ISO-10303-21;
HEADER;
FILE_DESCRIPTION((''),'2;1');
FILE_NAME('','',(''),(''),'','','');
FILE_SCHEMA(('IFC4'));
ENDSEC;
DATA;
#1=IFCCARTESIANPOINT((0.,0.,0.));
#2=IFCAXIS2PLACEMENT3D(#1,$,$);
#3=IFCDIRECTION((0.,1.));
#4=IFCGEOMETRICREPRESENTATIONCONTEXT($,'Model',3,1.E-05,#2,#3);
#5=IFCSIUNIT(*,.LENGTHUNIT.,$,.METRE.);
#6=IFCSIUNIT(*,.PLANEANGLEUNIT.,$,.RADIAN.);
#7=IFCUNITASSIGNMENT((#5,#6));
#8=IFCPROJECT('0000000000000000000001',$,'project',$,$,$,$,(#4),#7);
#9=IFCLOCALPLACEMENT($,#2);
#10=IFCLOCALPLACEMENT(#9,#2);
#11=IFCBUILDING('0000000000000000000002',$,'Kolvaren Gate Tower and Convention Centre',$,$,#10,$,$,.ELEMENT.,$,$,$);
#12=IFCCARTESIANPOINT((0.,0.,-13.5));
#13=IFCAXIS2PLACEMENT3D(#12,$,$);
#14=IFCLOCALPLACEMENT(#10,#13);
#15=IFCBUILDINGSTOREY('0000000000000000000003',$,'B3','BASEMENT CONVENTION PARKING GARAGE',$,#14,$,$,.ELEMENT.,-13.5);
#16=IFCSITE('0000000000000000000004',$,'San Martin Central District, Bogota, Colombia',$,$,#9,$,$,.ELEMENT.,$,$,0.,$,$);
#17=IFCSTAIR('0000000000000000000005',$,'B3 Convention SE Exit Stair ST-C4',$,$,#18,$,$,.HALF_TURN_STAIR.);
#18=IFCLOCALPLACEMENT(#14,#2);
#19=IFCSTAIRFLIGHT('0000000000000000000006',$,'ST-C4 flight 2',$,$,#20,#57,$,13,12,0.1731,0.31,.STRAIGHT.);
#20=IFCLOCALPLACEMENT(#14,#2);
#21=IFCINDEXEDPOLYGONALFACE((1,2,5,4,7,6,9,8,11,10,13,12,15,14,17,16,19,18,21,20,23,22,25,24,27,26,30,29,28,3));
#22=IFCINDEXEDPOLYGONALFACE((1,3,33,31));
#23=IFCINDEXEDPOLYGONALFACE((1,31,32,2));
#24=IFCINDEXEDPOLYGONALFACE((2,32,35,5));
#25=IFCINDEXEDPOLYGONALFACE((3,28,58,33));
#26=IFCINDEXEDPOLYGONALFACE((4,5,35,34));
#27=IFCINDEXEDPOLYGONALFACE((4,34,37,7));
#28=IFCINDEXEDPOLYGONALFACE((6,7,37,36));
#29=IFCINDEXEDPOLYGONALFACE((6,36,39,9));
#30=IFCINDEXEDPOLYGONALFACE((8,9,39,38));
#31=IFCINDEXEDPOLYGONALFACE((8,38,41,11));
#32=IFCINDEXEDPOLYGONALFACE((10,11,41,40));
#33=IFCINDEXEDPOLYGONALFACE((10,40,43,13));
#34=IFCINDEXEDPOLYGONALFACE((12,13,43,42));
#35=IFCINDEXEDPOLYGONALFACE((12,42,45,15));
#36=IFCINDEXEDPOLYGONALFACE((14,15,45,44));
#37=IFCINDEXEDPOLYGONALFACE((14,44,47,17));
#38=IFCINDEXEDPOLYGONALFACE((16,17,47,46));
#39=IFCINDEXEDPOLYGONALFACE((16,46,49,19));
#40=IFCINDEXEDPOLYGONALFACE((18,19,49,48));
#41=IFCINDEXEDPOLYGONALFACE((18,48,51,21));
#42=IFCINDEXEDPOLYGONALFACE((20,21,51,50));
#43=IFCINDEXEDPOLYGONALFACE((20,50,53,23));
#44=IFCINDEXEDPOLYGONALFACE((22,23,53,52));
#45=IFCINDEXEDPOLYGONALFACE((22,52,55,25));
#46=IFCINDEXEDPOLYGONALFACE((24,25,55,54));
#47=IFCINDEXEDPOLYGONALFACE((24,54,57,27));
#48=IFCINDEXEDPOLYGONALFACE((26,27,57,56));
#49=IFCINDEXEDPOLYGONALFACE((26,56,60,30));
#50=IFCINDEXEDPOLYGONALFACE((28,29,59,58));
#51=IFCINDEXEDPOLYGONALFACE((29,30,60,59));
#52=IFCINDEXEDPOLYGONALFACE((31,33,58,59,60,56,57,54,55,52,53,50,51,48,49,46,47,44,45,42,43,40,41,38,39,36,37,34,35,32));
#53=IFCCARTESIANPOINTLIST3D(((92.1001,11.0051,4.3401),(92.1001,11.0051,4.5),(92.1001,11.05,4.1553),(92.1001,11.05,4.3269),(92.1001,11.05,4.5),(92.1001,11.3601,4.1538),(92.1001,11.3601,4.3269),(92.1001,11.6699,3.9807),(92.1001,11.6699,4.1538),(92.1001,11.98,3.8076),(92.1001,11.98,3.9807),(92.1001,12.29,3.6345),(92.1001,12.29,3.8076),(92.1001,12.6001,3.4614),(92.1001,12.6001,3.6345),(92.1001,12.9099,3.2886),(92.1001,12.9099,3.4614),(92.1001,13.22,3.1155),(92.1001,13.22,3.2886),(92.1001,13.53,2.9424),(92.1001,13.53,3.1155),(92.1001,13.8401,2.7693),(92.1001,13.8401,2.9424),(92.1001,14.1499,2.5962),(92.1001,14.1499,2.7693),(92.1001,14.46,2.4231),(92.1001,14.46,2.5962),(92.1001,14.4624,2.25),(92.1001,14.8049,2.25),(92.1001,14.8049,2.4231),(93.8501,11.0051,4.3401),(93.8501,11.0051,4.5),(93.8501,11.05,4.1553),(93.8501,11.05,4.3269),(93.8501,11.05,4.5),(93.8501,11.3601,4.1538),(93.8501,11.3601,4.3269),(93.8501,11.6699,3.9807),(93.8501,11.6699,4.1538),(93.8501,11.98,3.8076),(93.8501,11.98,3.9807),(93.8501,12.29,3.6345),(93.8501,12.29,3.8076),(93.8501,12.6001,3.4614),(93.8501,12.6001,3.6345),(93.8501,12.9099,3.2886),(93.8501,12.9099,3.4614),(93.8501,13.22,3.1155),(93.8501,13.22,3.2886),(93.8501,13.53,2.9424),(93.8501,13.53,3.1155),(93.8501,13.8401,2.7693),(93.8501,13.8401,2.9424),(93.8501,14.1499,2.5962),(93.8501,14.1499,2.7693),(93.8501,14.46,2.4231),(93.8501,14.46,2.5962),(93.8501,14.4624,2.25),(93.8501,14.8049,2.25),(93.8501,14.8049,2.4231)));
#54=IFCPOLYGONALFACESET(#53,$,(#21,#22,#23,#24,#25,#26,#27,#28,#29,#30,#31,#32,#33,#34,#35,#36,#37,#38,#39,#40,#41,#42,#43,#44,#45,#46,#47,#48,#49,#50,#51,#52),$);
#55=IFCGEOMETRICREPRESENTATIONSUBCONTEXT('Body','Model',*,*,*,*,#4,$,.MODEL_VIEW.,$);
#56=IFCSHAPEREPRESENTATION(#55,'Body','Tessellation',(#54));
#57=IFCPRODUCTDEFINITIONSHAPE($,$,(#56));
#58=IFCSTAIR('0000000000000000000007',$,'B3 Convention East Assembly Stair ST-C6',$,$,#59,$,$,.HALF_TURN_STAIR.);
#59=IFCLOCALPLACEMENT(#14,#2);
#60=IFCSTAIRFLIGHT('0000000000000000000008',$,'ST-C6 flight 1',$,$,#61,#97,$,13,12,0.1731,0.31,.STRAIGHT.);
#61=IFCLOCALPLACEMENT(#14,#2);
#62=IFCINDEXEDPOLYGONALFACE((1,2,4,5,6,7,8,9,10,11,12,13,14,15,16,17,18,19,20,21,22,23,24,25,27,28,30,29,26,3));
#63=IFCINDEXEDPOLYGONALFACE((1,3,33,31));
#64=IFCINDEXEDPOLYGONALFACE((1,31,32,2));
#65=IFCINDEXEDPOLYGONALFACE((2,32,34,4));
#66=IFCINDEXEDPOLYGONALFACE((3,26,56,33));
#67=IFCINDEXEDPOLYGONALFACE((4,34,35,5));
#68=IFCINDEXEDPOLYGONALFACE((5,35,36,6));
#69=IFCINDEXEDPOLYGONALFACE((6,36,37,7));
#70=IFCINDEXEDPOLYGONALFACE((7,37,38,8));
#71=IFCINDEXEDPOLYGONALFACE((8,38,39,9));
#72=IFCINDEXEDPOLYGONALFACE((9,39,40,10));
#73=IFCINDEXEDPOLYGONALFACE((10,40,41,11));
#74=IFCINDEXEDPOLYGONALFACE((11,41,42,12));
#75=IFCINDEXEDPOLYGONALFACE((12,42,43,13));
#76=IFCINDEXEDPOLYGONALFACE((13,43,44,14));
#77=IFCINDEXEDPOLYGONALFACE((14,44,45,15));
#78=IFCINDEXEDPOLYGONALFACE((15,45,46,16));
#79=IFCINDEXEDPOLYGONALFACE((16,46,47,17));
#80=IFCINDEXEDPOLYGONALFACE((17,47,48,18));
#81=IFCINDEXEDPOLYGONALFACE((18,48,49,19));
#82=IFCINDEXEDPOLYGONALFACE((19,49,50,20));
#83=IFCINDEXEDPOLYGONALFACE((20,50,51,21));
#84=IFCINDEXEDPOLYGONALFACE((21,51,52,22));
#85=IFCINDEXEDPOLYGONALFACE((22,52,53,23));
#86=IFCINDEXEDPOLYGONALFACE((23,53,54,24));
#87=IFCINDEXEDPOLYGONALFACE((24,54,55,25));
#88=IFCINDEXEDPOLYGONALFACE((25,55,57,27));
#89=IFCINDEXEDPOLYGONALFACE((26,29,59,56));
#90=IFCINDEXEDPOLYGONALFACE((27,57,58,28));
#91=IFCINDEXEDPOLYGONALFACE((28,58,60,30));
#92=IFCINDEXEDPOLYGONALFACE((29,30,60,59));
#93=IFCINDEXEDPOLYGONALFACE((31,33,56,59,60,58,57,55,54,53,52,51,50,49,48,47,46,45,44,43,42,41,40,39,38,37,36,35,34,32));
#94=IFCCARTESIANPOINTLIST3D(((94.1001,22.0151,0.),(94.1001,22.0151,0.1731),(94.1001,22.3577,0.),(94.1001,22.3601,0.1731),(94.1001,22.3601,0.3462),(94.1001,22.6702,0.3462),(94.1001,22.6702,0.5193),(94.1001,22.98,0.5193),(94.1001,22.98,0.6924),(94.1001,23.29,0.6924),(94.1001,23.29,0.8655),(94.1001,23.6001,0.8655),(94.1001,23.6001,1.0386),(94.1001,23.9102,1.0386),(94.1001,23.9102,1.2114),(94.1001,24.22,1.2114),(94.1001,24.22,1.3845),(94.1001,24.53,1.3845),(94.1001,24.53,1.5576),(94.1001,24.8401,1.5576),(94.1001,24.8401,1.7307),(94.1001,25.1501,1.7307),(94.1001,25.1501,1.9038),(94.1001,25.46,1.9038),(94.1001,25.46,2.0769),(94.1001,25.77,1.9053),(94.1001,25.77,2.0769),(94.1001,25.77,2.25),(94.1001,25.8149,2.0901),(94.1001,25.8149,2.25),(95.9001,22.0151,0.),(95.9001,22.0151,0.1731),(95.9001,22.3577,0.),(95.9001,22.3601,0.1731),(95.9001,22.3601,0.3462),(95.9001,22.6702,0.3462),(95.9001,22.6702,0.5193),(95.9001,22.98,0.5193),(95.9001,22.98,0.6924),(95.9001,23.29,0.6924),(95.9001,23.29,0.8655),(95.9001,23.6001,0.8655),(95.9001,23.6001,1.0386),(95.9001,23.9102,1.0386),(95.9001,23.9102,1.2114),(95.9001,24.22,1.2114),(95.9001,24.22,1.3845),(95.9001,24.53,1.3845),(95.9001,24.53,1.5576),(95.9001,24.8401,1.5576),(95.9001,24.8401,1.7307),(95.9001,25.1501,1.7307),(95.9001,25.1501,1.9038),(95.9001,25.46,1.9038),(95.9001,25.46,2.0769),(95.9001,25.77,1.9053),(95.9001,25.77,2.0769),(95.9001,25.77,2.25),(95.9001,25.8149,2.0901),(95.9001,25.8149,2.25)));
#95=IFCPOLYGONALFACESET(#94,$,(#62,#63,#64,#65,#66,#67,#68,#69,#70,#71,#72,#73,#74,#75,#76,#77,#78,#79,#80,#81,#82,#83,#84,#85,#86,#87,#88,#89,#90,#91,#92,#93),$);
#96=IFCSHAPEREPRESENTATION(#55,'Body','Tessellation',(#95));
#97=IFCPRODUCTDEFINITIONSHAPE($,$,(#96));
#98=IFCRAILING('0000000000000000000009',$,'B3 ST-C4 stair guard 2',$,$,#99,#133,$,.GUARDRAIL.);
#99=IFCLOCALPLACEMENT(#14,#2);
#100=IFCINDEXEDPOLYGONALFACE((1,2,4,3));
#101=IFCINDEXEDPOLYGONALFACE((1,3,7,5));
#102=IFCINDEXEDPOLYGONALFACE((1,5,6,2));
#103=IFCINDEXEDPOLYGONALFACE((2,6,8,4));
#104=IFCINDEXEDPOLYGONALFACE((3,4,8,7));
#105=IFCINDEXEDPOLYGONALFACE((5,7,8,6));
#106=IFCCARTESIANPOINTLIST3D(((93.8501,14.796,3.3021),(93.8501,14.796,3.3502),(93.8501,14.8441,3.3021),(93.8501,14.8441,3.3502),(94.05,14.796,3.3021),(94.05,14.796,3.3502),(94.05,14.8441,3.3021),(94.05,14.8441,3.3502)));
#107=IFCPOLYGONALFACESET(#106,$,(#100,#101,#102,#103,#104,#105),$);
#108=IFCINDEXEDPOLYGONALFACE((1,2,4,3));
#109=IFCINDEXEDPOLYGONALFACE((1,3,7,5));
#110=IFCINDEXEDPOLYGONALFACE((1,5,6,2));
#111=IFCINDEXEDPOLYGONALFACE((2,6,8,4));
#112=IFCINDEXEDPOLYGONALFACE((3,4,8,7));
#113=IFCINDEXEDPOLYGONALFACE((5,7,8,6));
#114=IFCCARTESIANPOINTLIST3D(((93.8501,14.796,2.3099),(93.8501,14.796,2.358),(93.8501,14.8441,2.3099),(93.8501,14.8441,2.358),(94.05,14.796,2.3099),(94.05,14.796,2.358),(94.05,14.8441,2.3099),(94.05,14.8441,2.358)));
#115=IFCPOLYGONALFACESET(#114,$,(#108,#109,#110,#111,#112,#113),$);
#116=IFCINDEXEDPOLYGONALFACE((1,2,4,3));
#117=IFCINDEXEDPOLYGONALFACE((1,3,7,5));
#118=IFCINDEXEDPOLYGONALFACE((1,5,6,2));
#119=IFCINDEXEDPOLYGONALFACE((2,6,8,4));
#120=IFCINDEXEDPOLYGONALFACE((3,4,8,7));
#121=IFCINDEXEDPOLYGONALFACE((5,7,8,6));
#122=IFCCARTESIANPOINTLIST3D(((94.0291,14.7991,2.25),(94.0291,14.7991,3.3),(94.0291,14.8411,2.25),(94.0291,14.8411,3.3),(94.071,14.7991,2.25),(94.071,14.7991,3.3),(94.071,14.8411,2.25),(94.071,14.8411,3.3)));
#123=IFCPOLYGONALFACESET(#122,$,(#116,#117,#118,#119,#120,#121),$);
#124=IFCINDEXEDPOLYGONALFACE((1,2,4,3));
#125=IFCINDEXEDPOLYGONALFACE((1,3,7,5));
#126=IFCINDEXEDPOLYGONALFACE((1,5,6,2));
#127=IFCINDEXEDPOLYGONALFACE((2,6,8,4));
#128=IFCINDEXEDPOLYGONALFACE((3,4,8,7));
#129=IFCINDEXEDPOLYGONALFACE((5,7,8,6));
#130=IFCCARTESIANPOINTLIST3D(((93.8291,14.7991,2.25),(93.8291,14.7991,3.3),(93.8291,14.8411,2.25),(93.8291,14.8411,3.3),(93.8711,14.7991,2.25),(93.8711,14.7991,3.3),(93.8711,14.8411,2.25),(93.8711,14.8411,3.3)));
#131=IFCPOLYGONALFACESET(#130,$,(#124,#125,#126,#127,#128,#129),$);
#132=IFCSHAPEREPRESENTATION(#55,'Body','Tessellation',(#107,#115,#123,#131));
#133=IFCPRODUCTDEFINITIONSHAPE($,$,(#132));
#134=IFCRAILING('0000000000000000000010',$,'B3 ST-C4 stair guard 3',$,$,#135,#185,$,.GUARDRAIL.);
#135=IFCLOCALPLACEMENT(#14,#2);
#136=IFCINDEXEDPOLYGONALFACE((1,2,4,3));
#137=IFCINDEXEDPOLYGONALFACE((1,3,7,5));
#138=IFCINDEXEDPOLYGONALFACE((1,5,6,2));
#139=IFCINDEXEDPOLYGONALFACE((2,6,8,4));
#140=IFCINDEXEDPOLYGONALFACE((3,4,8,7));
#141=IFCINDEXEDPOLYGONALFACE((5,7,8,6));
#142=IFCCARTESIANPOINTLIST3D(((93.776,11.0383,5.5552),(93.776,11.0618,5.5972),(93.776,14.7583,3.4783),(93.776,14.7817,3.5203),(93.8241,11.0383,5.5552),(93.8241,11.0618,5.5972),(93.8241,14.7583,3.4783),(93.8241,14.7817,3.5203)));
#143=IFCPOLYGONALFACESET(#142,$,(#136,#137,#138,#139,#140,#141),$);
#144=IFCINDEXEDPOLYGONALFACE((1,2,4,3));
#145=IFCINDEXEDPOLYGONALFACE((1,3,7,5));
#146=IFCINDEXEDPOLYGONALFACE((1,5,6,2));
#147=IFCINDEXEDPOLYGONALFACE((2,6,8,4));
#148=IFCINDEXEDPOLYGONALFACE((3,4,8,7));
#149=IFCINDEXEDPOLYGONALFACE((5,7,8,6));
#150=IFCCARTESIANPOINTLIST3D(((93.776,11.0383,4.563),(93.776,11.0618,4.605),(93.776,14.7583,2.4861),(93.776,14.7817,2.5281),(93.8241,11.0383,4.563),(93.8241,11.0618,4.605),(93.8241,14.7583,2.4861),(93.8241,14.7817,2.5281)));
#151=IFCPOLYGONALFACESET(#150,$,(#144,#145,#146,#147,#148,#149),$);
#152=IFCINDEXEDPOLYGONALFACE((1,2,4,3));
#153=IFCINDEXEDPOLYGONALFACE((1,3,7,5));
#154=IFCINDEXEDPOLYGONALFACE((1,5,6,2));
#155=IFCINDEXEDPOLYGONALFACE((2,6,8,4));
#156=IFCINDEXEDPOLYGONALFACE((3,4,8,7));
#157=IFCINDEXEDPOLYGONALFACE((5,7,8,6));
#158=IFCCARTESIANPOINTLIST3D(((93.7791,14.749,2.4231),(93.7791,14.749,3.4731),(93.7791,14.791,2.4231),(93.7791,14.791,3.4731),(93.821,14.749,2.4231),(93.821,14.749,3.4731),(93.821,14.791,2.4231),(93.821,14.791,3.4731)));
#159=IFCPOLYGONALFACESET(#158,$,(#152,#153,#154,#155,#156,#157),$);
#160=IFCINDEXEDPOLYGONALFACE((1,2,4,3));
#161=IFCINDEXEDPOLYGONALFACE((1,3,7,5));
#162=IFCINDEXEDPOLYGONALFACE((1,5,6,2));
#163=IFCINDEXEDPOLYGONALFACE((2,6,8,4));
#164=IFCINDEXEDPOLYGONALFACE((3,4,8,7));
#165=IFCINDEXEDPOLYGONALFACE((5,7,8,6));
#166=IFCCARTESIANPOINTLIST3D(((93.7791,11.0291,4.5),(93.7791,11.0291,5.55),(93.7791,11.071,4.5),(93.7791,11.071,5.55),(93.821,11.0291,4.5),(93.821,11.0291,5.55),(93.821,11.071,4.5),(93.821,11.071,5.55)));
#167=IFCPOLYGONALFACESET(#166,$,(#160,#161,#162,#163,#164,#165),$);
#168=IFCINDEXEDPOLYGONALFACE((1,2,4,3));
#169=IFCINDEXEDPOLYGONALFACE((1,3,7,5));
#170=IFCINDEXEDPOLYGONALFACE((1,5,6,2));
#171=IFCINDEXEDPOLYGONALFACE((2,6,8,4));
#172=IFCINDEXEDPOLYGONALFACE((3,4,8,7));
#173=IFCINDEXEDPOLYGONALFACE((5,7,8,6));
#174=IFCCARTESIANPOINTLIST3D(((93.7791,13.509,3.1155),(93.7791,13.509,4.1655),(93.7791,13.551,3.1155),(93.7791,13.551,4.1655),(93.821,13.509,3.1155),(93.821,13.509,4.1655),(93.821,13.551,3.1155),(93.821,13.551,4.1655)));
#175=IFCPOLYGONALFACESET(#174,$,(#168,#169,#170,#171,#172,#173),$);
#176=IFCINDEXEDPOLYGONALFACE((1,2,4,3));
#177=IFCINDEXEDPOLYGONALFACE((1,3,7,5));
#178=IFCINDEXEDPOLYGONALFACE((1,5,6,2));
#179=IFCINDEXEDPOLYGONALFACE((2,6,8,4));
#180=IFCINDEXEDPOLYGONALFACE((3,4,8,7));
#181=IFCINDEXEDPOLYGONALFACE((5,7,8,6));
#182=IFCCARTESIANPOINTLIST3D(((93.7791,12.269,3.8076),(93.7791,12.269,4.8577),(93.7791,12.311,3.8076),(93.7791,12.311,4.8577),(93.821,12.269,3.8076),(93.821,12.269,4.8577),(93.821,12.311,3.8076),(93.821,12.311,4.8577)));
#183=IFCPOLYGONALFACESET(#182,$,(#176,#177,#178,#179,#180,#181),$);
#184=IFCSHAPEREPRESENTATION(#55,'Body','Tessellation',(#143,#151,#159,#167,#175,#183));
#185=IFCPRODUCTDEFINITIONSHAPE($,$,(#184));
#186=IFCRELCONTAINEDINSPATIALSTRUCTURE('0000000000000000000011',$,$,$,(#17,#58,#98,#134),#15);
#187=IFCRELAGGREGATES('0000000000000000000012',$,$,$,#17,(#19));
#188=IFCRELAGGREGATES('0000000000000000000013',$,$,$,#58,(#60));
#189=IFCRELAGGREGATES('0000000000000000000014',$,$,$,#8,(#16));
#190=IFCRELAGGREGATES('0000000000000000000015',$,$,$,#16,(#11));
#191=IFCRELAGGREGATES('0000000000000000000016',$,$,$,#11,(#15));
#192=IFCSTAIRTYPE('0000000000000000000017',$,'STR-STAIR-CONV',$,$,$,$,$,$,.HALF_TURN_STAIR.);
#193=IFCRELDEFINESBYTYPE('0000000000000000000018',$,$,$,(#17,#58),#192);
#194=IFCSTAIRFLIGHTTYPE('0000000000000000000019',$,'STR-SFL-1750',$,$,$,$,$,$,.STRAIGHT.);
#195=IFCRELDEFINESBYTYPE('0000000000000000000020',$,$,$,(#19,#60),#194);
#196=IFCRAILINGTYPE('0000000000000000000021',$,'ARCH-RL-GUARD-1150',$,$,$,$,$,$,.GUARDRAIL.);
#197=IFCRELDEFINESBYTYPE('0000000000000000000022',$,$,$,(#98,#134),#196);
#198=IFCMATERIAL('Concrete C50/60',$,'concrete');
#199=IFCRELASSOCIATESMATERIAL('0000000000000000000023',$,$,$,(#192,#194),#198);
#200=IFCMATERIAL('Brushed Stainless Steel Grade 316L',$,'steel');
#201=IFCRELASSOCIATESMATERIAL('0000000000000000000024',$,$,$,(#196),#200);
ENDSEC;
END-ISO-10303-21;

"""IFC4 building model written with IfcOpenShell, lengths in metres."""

from ifc_helpers import new_model, si_unit, direction, frame, origin, origin_2d, place, context, subcontext, project, spatial, polyline, rectangle, outline, extrude, material, type_object, element, aggregate, save


model = new_model("IFC4")

# Units and contexts
model_context = context("Model", 3, precision=1e-05, world=origin(), true_north=direction((0.0, 1.0)))
body_context = subcontext(model_context, "Body", "Model", "MODEL_VIEW")
ifc_project = project(units=[si_unit("LENGTHUNIT", "METRE"), si_unit("PLANEANGLEUNIT", "RADIAN")], contexts=[model_context])

# Site, building, storey
site_placement = place(None, origin())
site = spatial("IfcSite", under=ifc_project, at=site_placement, Name="San Martin Central District, Bogota, Colombia", CompositionType="ELEMENT", RefElevation=0.0)
building_placement = place(site_placement, origin())
building = spatial("IfcBuilding", under=site, at=building_placement, Name="Kolvaren Gate Tower and Convention Centre", CompositionType="ELEMENT")
storey_placement = place(building_placement, frame((0.0, 0.0, -13.5)))
storey = spatial("IfcBuildingStorey", under=building, at=storey_placement, Name="B3", Description="BASEMENT CONVENTION PARKING GARAGE", CompositionType="ELEMENT", Elevation=-13.5)

# Shared definitions
ifc_material_1 = material(Name="Concrete C50/60", Category="concrete")

# Stairs, stair flights
stair_type = type_object("IfcStairType", Name="STR-STAIR-CONV", PredefinedType="HALF_TURN_STAIR", material=ifc_material_1)
stair_1_placement = place(storey_placement, origin())
stair_1 = element("IfcStair", 1, at=stair_1_placement, inside=storey, type_object=stair_type, Name="B3 Convention SE Exit Stair ST-C4", PredefinedType="HALF_TURN_STAIR")
stair_flight_type = type_object("IfcStairFlightType", Name="STR-SFL-1750", PredefinedType="STRAIGHT", material=ifc_material_1)
stair_flight_1_placement = place(storey_placement, frame((92.9751, 14.77, 2.25), z_axis=(0.0, 0.0, 1.0), x_axis=(0.0, -1.0, 0.0)))
stair_flight_1 = element("IfcStairFlight", 2, at=stair_flight_1_placement, type_object=stair_flight_type, Name="ST-C4 flight 2", NumberOfRisers=13, NumberOfTreads=12, PredefinedType="STRAIGHT", RiserHeight=0.1731, TreadLength=0.31, context=body_context, shape_type="SweptSolid", body=[
    extrude(outline(polyline([(-0.0349, 0.0), (-0.0349, 0.1731), (0.3101, 0.1731), (0.3101, 0.3462), (0.6201, 0.3462), (0.6201, 0.5193), (0.9299, 0.5193), (0.9299, 0.6924), (1.24, 0.6924), (1.24, 0.8655), (1.55, 0.8655), (1.55, 1.0386), (1.8601, 1.0386), (1.8601, 1.2114), (2.1699, 1.2114), (2.1699, 1.3845), (2.48, 1.3845), (2.48, 1.5576), (2.79, 1.5576), (2.79, 1.7307), (3.1001, 1.7307), (3.1001, 1.9038), (3.4099, 1.9038), (3.4099, 2.0769), (3.72, 2.0769), (3.72, 2.25), (3.7649, 2.25), (3.7649, 2.0901), (3.72, 1.9053), (0.3076, 0.0), (-0.0349, 0.0)])), frame((0.0, 0.875, 0.0), z_axis=(0.0, -1.0, 0.0), x_axis=(1.0, 0.0, 0.0)), (0.0, 0.0, 1.0), 1.75),
])
aggregate(stair_1, [stair_flight_1])
stair_2_placement = place(storey_placement, origin())
stair_2 = element("IfcStair", 3, at=stair_2_placement, inside=storey, type_object=stair_type, Name="B3 Convention East Assembly Stair ST-C6", PredefinedType="HALF_TURN_STAIR")
stair_flight_2_placement = place(storey_placement, frame((95.0, 22.05, 0.0), z_axis=(0.0, 0.0, 1.0), x_axis=(0.0, 1.0, 0.0)))
stair_flight_2 = element("IfcStairFlight", 4, at=stair_flight_2_placement, type_object=stair_flight_type, Name="ST-C6 flight 1", NumberOfRisers=13, NumberOfTreads=12, PredefinedType="STRAIGHT", RiserHeight=0.1731, TreadLength=0.31, context=body_context, shape_type="SweptSolid", body=[
    extrude(outline(polyline([(-0.0349, 0.0), (-0.0349, 0.1731), (0.3101, 0.1731), (0.3101, 0.3462), (0.6201, 0.3462), (0.6201, 0.5193), (0.9299, 0.5193), (0.9299, 0.6924), (1.24, 0.6924), (1.24, 0.8655), (1.55, 0.8655), (1.55, 1.0386), (1.8601, 1.0386), (1.8601, 1.2114), (2.1699, 1.2114), (2.1699, 1.3845), (2.48, 1.3845), (2.48, 1.5576), (2.79, 1.5576), (2.79, 1.7307), (3.1001, 1.7307), (3.1001, 1.9038), (3.4099, 1.9038), (3.4099, 2.0769), (3.72, 2.0769), (3.72, 2.25), (3.7649, 2.25), (3.7649, 2.0901), (3.72, 1.9053), (0.3076, 0.0), (-0.0349, 0.0)])), frame((0.0, 0.8999, 0.0), z_axis=(0.0, -1.0, 0.0), x_axis=(1.0, 0.0, 0.0)), (0.0, 0.0, 1.0), 1.8),
])
aggregate(stair_2, [stair_flight_2])

# Railings
ifc_material_2 = material(Name="Brushed Stainless Steel Grade 316L", Category="steel")
railing_type_1 = type_object("IfcRailingType", Name="ARCH-RL-GUARD-1150", PredefinedType="GUARDRAIL", material=ifc_material_2)
railing_1_placement = place(storey_placement, frame((94.05, 14.8201, 2.25)))
element("IfcRailing", 5, at=railing_1_placement, inside=storey, type_object=railing_type_1, Name="B3 ST-C4 stair guard 2", PredefinedType="GUARDRAIL", context=body_context, shape_type="SweptSolid", body=[
    extrude(rectangle(XDim=0.0481, YDim=0.0481, at=origin_2d()), frame((0.0, 0.0, 1.0762), z_axis=(-1.0, 0.0, 0.0), x_axis=(0.0, -1.0, 0.0)), (0.0, 0.0, 1.0), 0.2),
    extrude(rectangle(XDim=0.0481, YDim=0.0481, at=origin_2d()), frame((0.0, 0.0, 0.084), z_axis=(-1.0, 0.0, 0.0), x_axis=(0.0, -1.0, 0.0)), (0.0, 0.0, 1.0), 0.2),
    extrude(rectangle(XDim=0.042, YDim=0.042, at=origin_2d()), origin(), (0.0, 0.0, 1.0), 1.05),
    extrude(rectangle(XDim=0.042, YDim=0.042, at=origin_2d()), frame((-0.2, 0.0, 0.0)), (0.0, 0.0, 1.0), 1.05),
])
railing_2_placement = place(storey_placement, frame((93.8, 14.77, 2.4231)))
element("IfcRailing", 6, at=railing_2_placement, inside=storey, type_object=railing_type_1, Name="B3 ST-C4 stair guard 3", PredefinedType="GUARDRAIL", context=body_context, shape_type="SweptSolid", body=[
    extrude(rectangle(XDim=0.0481, YDim=0.0481, at=origin_2d()), frame((0.0, 0.0, 1.0762), z_axis=(0.0, -0.873134, 0.487481), x_axis=(1.0, 0.0, 0.0)), (0.0, 0.0, 1.0), 4.2605),
    extrude(rectangle(XDim=0.0481, YDim=0.0481, at=origin_2d()), frame((0.0, 0.0, 0.084), z_axis=(0.0, -0.873134, 0.487481), x_axis=(1.0, 0.0, 0.0)), (0.0, 0.0, 1.0), 4.2605),
    extrude(rectangle(XDim=0.042, YDim=0.042, at=origin_2d()), origin(), (0.0, 0.0, 1.0), 1.05),
    extrude(rectangle(XDim=0.042, YDim=0.042, at=origin_2d()), frame((0.0, -3.72, 2.0769)), (0.0, 0.0, 1.0), 1.05),
    extrude(rectangle(XDim=0.042, YDim=0.042, at=origin_2d()), frame((0.0, -1.24, 0.6924)), (0.0, 0.0, 1.0), 1.05),
    extrude(rectangle(XDim=0.042, YDim=0.042, at=origin_2d()), frame((0.0, -2.48, 1.3845)), (0.0, 0.0, 1.0), 1.05),
])

save(model, "model.ifc")
